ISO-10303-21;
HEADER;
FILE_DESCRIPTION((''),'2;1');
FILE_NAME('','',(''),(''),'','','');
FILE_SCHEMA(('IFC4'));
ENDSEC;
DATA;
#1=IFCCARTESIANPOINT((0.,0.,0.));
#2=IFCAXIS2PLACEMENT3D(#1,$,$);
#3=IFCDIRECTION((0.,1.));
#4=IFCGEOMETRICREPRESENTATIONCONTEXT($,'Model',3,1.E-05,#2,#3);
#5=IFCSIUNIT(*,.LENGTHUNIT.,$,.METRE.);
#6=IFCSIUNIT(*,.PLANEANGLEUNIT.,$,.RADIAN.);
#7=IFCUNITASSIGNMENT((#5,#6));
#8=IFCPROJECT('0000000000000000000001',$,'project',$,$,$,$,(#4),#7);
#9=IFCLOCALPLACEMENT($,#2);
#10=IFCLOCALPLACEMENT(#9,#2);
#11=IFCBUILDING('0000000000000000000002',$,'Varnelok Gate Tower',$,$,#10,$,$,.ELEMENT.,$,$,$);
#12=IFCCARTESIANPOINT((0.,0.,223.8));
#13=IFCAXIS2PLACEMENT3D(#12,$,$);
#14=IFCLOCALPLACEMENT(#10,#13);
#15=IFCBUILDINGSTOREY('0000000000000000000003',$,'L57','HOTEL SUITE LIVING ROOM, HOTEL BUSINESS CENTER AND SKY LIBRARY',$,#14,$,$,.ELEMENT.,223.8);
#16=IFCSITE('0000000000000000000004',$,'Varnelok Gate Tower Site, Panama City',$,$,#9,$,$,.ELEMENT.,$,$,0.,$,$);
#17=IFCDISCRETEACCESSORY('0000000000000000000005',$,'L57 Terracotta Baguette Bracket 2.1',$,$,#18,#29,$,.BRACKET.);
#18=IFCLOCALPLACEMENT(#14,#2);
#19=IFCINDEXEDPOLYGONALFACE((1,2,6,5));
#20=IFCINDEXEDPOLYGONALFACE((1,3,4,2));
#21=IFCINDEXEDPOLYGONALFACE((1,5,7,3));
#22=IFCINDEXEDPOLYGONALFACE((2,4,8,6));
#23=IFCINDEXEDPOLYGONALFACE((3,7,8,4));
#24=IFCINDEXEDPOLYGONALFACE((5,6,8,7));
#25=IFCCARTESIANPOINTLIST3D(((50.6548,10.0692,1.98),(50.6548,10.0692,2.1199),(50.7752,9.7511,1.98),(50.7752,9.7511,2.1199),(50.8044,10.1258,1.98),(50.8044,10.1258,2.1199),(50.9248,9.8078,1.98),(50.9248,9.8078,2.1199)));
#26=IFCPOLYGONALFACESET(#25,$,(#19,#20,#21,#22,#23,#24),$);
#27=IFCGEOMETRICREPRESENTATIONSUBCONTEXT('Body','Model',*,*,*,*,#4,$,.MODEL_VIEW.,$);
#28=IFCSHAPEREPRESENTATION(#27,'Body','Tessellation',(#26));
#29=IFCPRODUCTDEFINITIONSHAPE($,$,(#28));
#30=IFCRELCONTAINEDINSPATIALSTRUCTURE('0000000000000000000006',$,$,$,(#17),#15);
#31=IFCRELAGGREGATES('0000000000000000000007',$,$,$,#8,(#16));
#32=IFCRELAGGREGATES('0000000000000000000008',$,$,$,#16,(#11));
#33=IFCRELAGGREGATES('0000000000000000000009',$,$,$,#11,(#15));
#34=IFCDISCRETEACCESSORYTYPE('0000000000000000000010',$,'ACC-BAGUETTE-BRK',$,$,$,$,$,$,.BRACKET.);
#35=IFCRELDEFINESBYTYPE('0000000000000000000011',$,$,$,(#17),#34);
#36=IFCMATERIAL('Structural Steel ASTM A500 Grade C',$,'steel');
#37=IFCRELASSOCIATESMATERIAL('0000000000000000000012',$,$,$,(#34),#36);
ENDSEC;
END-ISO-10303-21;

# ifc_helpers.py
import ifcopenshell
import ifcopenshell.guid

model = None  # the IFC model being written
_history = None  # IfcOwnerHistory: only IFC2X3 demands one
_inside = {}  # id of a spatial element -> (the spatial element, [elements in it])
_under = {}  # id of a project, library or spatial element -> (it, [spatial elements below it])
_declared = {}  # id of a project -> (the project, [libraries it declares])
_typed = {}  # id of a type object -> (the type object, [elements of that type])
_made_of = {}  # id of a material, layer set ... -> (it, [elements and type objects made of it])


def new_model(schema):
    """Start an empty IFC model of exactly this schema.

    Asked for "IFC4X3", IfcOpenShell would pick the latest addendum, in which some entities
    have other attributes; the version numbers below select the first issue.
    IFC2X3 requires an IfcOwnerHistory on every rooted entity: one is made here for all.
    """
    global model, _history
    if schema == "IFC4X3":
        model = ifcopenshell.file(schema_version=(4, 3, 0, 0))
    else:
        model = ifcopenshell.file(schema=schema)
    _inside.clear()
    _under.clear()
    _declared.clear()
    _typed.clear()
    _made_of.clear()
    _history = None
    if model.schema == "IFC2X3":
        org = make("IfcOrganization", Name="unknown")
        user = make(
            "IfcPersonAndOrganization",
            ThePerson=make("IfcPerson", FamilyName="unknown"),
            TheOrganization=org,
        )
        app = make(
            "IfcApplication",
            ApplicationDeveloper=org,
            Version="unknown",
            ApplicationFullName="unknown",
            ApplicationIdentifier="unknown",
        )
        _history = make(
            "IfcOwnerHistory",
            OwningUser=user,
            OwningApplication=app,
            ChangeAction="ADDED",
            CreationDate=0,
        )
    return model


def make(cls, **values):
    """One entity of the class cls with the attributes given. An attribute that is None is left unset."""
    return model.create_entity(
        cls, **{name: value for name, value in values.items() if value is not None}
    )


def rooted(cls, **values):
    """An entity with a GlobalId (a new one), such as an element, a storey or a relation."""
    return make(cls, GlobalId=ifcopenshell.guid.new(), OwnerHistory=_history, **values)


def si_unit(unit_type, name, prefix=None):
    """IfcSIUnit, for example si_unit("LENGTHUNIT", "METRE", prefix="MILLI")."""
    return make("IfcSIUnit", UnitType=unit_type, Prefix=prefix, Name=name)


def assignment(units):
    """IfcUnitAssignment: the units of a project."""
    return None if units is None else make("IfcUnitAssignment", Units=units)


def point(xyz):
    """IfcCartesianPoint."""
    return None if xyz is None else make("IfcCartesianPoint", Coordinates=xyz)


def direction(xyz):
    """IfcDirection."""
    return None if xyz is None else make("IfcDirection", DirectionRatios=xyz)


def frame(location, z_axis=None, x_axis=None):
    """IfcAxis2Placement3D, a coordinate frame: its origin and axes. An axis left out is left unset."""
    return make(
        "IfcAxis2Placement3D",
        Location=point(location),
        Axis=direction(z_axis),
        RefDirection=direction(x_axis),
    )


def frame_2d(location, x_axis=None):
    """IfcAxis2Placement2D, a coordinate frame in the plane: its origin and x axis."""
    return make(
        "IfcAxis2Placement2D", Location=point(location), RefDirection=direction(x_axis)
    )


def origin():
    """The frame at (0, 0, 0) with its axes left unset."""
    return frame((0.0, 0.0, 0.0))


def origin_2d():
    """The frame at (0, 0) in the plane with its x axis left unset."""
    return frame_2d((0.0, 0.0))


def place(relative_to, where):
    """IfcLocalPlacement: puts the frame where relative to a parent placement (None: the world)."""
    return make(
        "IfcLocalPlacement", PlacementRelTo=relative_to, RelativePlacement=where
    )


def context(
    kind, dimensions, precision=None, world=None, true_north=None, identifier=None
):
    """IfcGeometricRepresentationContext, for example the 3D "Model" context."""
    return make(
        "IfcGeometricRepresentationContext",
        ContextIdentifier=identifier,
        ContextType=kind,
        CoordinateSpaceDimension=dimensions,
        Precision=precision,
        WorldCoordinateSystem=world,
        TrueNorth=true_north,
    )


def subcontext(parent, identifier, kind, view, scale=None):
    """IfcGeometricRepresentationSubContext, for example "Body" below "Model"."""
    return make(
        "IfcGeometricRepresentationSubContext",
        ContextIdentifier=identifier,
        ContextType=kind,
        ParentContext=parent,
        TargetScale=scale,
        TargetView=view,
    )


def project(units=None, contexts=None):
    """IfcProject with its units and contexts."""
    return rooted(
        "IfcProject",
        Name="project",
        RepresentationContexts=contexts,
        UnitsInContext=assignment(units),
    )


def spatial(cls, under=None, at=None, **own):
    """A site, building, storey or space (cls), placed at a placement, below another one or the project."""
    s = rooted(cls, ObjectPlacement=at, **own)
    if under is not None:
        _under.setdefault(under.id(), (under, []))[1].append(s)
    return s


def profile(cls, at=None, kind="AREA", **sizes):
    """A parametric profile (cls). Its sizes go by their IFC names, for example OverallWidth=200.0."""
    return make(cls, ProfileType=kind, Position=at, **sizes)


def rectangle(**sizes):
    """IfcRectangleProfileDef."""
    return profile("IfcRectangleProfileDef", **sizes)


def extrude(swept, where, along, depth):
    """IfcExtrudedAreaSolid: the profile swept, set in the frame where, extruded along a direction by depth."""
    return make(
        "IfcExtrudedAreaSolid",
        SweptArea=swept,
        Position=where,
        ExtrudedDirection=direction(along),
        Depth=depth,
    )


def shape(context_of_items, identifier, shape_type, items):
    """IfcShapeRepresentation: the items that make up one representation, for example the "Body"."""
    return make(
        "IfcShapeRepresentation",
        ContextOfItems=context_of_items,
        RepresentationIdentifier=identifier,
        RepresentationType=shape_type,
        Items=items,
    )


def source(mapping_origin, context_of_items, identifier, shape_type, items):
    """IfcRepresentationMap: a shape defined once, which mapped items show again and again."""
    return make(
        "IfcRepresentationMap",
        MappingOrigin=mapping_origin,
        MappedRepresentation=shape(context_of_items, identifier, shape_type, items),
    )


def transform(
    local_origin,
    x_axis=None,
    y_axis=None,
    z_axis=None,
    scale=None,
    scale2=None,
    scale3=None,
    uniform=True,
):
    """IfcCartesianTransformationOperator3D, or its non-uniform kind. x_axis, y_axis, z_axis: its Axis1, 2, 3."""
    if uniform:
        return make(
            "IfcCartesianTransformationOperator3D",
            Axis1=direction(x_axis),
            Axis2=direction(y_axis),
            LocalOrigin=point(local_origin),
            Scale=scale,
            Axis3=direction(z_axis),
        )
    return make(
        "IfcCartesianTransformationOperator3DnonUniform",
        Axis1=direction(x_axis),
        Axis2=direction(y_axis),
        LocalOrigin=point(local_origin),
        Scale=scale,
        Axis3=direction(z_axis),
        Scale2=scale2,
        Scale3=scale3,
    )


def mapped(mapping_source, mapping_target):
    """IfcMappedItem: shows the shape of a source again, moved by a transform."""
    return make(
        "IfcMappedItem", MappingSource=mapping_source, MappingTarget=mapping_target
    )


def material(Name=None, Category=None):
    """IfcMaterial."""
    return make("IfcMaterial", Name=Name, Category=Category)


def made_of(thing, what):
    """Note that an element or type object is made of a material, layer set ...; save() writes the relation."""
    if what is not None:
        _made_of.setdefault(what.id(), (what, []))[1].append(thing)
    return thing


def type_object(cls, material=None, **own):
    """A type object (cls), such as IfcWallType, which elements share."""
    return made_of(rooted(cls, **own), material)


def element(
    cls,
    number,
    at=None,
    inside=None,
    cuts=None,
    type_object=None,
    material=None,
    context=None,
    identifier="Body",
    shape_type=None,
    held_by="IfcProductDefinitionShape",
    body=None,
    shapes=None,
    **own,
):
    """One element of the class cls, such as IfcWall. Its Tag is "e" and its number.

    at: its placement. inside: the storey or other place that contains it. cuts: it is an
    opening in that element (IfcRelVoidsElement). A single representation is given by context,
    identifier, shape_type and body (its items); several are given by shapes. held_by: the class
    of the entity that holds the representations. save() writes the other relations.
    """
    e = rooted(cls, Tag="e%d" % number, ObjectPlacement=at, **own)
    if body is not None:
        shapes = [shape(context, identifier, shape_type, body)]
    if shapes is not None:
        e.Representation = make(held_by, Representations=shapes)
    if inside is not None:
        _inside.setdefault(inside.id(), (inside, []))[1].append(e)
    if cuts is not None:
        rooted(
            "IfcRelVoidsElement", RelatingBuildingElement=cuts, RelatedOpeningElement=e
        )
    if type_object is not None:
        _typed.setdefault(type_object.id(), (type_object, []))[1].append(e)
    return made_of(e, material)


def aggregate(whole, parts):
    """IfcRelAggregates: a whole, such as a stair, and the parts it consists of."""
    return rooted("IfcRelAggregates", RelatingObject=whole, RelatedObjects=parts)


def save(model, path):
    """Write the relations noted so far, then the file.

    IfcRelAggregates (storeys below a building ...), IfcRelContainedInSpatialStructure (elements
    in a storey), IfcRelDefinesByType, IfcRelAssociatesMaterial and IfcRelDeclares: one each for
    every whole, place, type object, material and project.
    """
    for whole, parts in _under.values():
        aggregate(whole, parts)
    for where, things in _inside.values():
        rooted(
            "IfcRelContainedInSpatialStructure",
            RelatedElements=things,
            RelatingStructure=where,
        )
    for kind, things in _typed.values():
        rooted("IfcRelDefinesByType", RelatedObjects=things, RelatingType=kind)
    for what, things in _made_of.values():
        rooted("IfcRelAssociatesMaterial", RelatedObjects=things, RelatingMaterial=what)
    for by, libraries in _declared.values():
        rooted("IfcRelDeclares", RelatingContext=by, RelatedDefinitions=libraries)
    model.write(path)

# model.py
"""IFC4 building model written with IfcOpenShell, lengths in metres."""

from ifc_helpers import new_model, si_unit, direction, frame, origin, origin_2d, place, context, subcontext, project, spatial, rectangle, extrude, source, transform, mapped, material, type_object, element, save


model = new_model("IFC4")

# Units and contexts
model_context = context("Model", 3, precision=1e-05, world=origin(), true_north=direction((0.0, 1.0)))
body_context = subcontext(model_context, "Body", "Model", "MODEL_VIEW")
ifc_project = project(units=[si_unit("LENGTHUNIT", "METRE"), si_unit("PLANEANGLEUNIT", "RADIAN")], contexts=[model_context])

# Site, building, storey
site_placement = place(None, origin())
site = spatial("IfcSite", under=ifc_project, at=site_placement, Name="Varnelok Gate Tower Site, Panama City", CompositionType="ELEMENT", RefElevation=0.0)
building_placement = place(site_placement, origin())
building = spatial("IfcBuilding", under=site, at=building_placement, Name="Varnelok Gate Tower", CompositionType="ELEMENT")
storey_placement = place(building_placement, frame((0.0, 0.0, 223.8)))
storey = spatial("IfcBuildingStorey", under=building, at=storey_placement, Name="L57", Description="HOTEL SUITE LIVING ROOM, HOTEL BUSINESS CENTER AND SKY LIBRARY", CompositionType="ELEMENT", Elevation=223.8)

# Discrete accessory
ifc_material_1 = material(Name="Structural Steel ASTM A500 Grade C", Category="steel")
discrete_accessory_type = type_object("IfcDiscreteAccessoryType", Name="ACC-BAGUETTE-BRK", PredefinedType="BRACKET", material=ifc_material_1)
shared_shape_1 = source(origin(), body_context, "Body", "SweptSolid", [
    extrude(rectangle(XDim=0.1599, YDim=0.3401, at=origin_2d()), origin(), (0.0, 0.0, 1.0), 0.1399),
])
discrete_accessory_placement = place(storey_placement, frame((50.7898, 9.9385, 1.98), z_axis=(0.0, 0.0, 1.0), x_axis=(0.935222, 0.354063, 0.0)))
element("IfcDiscreteAccessory", 1, at=discrete_accessory_placement, inside=storey, type_object=discrete_accessory_type, Name="L57 Terracotta Baguette Bracket 2.1", PredefinedType="BRACKET", context=body_context, shape_type="MappedRepresentation", body=[
    mapped(shared_shape_1, transform((0.0, 0.0, 0.0), scale=1.0)),
])

save(model, "model.ifc")
